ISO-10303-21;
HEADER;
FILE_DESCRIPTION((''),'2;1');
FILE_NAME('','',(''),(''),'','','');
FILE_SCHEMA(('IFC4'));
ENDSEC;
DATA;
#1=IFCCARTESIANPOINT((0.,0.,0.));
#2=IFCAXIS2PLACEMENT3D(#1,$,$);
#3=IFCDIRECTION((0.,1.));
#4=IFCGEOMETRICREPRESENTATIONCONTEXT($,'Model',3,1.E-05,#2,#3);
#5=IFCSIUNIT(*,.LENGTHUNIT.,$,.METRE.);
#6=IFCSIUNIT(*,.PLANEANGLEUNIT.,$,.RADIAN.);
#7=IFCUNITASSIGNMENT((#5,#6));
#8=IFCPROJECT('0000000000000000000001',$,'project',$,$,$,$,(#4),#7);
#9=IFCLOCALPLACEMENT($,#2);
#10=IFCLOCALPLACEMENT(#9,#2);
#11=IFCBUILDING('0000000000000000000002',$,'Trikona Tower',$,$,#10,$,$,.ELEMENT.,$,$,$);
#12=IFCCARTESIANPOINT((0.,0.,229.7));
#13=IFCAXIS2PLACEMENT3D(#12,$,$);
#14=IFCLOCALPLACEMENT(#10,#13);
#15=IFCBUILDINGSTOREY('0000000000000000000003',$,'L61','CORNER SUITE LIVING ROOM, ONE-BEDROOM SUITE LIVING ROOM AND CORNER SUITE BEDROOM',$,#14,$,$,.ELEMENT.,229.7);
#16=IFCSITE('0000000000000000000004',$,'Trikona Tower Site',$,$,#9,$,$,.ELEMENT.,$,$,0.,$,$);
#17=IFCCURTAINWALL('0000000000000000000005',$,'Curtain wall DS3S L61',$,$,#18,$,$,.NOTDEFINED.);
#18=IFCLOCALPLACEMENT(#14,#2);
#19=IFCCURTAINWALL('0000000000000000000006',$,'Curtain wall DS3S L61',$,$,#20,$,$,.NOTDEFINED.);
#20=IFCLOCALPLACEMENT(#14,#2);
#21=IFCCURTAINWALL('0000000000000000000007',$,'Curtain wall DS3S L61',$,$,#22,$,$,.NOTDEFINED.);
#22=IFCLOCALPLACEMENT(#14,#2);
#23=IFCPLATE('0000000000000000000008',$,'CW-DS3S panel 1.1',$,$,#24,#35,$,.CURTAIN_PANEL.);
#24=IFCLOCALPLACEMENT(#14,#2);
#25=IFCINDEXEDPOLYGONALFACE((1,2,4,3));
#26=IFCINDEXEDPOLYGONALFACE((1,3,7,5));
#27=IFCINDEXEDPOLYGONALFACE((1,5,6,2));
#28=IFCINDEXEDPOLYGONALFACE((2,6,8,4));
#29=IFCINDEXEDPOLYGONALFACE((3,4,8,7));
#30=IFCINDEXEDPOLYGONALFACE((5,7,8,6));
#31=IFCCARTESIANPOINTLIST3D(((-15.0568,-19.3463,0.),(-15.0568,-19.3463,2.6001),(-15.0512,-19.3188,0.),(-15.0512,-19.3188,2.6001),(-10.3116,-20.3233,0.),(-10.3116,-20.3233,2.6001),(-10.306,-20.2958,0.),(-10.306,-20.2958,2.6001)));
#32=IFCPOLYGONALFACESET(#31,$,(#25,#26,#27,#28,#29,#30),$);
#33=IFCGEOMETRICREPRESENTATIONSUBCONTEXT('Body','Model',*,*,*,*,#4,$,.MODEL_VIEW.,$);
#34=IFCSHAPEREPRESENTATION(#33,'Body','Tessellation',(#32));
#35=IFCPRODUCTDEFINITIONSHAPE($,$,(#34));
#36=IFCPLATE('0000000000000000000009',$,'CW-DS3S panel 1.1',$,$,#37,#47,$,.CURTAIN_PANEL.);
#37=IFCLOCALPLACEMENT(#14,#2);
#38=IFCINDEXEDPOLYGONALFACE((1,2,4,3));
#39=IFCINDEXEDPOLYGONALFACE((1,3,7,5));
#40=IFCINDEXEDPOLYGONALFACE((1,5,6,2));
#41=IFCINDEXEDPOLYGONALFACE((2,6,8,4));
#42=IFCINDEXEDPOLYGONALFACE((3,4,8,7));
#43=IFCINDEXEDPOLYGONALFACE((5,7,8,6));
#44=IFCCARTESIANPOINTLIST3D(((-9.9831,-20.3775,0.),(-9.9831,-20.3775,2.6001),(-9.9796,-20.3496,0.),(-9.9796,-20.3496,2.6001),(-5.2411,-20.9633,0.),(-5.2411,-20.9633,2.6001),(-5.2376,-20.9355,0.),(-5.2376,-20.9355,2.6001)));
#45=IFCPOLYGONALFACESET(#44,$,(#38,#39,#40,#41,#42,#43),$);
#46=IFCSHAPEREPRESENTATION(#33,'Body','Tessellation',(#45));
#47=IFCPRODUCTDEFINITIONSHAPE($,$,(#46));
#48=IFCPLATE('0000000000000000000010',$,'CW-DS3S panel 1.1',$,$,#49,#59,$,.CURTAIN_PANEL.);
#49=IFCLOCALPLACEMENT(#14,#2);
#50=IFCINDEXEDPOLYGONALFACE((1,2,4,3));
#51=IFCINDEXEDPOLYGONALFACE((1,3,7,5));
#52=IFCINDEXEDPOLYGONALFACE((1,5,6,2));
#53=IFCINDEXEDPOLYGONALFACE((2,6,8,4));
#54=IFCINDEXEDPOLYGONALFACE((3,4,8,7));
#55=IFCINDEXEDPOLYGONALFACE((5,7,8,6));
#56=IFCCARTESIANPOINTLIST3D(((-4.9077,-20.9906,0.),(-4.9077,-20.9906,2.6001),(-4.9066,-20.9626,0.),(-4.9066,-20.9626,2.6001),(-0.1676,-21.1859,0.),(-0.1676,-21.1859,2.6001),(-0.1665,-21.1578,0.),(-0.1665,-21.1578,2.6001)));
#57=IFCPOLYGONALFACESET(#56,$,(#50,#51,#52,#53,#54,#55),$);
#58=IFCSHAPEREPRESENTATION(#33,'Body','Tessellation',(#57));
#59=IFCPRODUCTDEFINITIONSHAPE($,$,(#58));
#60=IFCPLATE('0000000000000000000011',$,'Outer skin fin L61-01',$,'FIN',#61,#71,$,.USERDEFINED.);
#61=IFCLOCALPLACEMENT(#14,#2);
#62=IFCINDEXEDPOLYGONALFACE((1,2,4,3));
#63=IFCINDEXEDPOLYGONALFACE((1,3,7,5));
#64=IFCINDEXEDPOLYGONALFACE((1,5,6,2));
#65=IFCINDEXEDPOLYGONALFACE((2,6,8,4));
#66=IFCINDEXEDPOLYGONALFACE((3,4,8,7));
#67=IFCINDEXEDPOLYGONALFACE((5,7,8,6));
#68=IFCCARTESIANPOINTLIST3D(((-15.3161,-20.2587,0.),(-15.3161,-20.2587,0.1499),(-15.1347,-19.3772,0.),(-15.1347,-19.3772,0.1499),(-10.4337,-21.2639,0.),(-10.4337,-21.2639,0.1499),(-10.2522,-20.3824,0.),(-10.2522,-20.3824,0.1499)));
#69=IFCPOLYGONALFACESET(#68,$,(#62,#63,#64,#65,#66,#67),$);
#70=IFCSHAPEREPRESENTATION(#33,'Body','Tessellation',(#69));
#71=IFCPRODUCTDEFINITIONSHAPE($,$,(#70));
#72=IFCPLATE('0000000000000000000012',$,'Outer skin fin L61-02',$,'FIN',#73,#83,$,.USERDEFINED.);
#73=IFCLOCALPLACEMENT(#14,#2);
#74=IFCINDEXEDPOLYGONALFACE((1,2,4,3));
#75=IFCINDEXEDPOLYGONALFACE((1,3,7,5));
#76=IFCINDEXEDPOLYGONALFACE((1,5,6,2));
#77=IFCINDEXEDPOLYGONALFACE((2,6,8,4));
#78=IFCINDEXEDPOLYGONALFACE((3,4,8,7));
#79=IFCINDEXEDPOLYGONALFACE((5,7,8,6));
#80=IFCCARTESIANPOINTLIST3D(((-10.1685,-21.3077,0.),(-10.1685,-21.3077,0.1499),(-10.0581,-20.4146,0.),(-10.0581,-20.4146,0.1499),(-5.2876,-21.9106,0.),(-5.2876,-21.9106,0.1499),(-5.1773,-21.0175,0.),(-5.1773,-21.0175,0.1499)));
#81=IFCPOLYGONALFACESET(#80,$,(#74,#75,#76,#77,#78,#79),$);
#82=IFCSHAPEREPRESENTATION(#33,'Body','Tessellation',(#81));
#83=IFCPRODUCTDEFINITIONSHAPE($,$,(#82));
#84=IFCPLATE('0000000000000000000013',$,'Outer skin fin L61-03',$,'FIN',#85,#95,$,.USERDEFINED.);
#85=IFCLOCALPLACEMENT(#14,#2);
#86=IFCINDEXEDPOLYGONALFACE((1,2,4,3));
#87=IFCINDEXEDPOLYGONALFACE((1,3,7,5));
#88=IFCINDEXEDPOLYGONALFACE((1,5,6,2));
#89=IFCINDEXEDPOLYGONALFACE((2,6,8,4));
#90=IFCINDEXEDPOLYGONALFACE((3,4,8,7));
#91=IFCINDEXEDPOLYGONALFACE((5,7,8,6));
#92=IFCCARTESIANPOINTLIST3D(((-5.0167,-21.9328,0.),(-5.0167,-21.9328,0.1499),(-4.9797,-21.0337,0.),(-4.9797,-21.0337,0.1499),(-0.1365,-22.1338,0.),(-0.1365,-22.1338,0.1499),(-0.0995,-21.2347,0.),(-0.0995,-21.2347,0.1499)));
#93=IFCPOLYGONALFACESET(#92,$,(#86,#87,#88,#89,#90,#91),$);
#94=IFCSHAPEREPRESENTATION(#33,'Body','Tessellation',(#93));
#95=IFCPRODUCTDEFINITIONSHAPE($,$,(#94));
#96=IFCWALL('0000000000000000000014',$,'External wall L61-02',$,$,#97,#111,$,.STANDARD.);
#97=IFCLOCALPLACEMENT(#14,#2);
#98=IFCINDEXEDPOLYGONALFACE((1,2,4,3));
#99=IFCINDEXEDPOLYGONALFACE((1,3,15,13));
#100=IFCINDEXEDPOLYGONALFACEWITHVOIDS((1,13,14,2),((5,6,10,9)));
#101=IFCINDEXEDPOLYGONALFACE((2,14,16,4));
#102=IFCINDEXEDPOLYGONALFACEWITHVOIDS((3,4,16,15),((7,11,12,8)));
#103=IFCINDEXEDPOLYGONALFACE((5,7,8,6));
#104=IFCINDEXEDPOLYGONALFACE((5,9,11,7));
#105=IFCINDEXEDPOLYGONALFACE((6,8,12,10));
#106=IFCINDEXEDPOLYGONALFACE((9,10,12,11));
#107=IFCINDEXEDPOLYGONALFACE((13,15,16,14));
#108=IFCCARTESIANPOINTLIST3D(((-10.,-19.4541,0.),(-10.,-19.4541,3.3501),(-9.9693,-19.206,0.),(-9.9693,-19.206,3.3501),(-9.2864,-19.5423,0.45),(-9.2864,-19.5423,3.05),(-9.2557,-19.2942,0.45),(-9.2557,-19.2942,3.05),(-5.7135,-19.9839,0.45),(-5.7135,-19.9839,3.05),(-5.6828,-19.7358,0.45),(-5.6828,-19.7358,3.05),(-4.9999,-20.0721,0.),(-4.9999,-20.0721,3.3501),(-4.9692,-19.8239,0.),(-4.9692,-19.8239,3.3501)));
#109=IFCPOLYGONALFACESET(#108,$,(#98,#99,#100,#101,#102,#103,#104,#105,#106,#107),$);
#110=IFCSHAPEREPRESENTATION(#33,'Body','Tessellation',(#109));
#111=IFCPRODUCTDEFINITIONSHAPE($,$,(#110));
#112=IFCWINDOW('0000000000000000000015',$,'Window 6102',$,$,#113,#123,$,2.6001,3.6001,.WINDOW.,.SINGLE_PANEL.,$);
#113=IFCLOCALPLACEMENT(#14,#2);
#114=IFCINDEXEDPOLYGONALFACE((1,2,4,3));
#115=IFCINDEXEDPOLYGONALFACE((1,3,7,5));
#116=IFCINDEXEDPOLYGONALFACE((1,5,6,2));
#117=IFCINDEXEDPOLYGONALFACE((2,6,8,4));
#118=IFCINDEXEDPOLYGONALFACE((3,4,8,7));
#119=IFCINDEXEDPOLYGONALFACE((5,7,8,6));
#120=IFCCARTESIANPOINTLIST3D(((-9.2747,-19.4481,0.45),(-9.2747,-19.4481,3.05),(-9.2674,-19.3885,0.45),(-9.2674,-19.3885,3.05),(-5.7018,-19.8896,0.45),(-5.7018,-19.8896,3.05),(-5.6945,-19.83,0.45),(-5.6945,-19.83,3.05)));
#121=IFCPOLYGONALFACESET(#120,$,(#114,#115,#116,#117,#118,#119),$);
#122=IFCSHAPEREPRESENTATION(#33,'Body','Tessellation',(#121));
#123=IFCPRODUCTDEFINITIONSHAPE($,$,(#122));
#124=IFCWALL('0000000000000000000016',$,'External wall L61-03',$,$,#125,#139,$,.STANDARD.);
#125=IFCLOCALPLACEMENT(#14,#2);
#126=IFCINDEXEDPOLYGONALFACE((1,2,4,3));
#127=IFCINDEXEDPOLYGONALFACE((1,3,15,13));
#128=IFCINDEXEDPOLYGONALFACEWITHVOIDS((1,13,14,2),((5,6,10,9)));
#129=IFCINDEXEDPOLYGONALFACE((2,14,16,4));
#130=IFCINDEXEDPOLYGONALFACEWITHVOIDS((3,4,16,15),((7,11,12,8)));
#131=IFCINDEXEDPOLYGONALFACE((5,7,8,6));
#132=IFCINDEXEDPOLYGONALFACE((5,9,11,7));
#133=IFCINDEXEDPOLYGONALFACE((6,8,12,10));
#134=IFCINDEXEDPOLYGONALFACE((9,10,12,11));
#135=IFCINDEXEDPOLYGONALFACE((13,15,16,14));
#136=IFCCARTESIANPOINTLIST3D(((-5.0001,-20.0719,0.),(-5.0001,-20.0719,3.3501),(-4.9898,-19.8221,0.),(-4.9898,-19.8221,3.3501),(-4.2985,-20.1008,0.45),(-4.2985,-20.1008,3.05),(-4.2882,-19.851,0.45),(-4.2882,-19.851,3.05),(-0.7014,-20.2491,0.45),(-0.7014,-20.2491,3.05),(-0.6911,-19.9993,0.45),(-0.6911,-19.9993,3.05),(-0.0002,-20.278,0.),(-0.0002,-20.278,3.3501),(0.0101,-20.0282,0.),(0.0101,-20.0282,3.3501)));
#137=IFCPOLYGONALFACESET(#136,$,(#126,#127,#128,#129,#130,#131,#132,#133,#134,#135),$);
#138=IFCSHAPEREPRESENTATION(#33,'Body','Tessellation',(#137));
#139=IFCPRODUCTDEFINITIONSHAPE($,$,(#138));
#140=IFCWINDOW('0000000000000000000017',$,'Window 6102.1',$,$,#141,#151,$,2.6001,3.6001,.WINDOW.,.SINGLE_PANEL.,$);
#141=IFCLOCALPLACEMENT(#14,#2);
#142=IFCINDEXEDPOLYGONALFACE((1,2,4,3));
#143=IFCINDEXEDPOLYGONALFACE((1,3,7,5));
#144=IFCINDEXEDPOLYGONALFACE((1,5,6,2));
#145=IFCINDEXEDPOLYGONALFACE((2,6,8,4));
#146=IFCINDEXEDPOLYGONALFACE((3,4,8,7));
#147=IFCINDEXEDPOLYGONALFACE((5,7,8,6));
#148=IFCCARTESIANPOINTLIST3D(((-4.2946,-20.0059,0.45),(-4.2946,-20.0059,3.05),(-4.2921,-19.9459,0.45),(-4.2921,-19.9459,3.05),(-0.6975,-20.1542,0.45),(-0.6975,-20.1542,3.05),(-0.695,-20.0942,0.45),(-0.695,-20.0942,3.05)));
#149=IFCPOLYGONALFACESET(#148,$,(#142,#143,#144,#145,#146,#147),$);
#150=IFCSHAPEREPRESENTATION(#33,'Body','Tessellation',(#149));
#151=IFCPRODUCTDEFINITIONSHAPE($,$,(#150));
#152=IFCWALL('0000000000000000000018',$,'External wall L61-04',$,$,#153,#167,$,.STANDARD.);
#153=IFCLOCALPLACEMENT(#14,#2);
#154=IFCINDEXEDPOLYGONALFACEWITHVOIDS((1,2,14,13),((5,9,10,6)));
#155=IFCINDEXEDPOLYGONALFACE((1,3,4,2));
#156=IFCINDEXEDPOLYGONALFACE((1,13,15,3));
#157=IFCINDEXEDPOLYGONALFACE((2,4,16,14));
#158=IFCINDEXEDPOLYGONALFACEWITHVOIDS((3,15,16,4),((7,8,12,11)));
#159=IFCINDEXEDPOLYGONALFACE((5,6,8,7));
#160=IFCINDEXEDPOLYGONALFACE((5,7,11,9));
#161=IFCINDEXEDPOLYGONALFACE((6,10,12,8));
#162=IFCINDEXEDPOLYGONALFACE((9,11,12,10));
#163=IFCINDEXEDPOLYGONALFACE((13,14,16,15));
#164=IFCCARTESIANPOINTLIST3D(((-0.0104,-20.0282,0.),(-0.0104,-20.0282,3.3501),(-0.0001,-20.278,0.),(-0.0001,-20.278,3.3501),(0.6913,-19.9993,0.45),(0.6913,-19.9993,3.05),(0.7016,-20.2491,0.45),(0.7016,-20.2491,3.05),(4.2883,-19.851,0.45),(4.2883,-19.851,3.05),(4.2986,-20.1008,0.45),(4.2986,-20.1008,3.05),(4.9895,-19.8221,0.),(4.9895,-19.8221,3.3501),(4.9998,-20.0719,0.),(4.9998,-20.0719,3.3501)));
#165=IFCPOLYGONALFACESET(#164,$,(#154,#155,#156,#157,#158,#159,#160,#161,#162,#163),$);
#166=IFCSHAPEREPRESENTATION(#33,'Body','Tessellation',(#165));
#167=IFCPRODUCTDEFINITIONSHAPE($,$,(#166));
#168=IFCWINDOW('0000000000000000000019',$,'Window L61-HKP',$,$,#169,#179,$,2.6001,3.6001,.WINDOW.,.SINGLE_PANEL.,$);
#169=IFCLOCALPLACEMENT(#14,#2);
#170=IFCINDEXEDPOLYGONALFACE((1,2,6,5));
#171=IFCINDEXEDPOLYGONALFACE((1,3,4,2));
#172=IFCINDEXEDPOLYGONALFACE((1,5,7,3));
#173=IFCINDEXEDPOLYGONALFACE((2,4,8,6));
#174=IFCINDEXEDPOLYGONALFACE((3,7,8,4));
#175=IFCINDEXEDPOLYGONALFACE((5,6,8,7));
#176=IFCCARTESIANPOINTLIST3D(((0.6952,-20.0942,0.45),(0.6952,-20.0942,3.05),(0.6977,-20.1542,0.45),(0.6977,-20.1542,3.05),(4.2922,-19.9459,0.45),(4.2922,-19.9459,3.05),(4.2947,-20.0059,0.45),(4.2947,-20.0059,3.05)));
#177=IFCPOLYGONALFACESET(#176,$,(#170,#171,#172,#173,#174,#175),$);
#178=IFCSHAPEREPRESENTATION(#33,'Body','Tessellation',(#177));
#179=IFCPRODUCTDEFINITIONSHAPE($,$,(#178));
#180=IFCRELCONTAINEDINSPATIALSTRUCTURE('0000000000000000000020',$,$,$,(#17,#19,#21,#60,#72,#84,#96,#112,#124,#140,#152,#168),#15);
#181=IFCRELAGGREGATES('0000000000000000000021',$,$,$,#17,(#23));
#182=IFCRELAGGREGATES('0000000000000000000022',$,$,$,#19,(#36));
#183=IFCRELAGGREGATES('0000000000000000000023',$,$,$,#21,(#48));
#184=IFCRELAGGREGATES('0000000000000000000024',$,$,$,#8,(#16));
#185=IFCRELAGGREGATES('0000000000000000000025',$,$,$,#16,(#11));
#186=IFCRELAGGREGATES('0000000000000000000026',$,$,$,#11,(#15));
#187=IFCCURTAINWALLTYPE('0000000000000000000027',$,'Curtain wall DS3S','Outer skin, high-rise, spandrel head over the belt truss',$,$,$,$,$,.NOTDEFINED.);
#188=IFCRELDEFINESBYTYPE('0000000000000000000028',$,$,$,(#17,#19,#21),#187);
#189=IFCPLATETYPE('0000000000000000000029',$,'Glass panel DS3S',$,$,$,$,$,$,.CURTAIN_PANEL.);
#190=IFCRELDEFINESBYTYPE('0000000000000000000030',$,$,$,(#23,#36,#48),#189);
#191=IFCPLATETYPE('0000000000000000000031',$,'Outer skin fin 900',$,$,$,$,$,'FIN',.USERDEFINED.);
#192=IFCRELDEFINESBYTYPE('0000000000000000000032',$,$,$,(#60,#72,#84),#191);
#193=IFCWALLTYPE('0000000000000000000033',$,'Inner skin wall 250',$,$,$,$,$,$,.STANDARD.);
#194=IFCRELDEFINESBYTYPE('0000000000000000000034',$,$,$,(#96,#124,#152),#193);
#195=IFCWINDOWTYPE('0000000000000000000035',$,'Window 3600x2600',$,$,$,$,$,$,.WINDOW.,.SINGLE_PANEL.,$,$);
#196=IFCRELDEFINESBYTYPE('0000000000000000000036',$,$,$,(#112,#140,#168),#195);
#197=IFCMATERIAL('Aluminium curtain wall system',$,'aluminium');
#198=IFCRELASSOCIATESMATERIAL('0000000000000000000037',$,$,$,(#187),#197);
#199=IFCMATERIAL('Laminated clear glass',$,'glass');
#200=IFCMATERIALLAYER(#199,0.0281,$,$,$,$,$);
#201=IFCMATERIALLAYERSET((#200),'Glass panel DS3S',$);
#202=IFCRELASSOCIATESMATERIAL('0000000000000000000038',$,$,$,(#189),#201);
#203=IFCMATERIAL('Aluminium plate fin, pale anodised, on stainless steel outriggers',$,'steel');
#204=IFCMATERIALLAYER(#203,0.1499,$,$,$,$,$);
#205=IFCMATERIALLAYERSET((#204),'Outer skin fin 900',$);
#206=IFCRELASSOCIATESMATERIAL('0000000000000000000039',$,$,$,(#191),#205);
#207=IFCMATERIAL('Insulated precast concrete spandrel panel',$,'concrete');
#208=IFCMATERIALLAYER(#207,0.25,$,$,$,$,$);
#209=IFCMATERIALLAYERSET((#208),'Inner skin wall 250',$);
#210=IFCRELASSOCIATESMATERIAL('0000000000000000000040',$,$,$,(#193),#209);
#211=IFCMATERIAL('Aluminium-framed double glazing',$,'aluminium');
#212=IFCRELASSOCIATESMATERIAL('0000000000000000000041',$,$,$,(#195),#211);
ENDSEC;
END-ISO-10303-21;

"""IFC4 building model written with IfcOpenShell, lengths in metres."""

from ifc_helpers import new_model, si_unit, direction, frame, frame_2d, origin, origin_2d, place, context, subcontext, project, spatial, rectangle, extrude, material, layer, layer_set, type_object, element, fill, aggregate, save


model = new_model("IFC4")

# Units and contexts
model_context = context("Model", 3, precision=1e-05, world=origin(), true_north=direction((0.0, 1.0)))
body_context = subcontext(model_context, "Body", "Model", "MODEL_VIEW")
ifc_project = project(units=[si_unit("LENGTHUNIT", "METRE"), si_unit("PLANEANGLEUNIT", "RADIAN")], contexts=[model_context])

# Site, building, storey
site_placement = place(None, origin())
site = spatial("IfcSite", under=ifc_project, at=site_placement, Name="Trikona Tower Site", CompositionType="ELEMENT", RefElevation=0.0)
building_placement = place(site_placement, origin())
building = spatial("IfcBuilding", under=site, at=building_placement, Name="Trikona Tower", CompositionType="ELEMENT")
storey_placement = place(building_placement, frame((0.0, 0.0, 229.7)))
storey = spatial("IfcBuildingStorey", under=building, at=storey_placement, Name="L61", Description="CORNER SUITE LIVING ROOM, ONE-BEDROOM SUITE LIVING ROOM AND CORNER SUITE BEDROOM", CompositionType="ELEMENT", Elevation=229.7)

# Curtain wall
ifc_material_1 = material(Name="Aluminium curtain wall system", Category="aluminium")
curtain_wall_type = type_object("IfcCurtainWallType", Name="Curtain wall DS3S", Description="Outer skin, high-rise, spandrel head over the belt truss", PredefinedType="NOTDEFINED", material=ifc_material_1)
curtain_wall_1_placement = place(storey_placement, origin())
curtain_wall_1 = element("IfcCurtainWall", 1, at=curtain_wall_1_placement, inside=storey, type_object=curtain_wall_type, Name="Curtain wall DS3S L61", PredefinedType="NOTDEFINED")

# Curtain walls
curtain_wall_2_placement = place(storey_placement, origin())
curtain_wall_2 = element("IfcCurtainWall", 2, at=curtain_wall_2_placement, inside=storey, type_object=curtain_wall_type, Name="Curtain wall DS3S L61", PredefinedType="NOTDEFINED")
curtain_wall_3_placement = place(storey_placement, origin())
curtain_wall_3 = element("IfcCurtainWall", 3, at=curtain_wall_3_placement, inside=storey, type_object=curtain_wall_type, Name="Curtain wall DS3S L61", PredefinedType="NOTDEFINED")

# Plates
ifc_material_2 = material(Name="Laminated clear glass", Category="glass")
ifc_layer_1 = layer(ifc_material_2, 0.0281)
ifc_layer_set_1 = layer_set([ifc_layer_1], Name="Glass panel DS3S")
plate_type_1 = type_object("IfcPlateType", Name="Glass panel DS3S", PredefinedType="CURTAIN_PANEL", material=ifc_layer_set_1)
plate_1_placement = place(storey_placement, frame((-12.6814, -19.821, 0.0), z_axis=(0.0, 0.0, 1.0), x_axis=(0.979457, -0.201653, 0.0)))
plate_1 = element("IfcPlate", 4, at=plate_1_placement, type_object=plate_type_1, Name="CW-DS3S panel 1.1", PredefinedType="CURTAIN_PANEL", context=body_context, shape_type="SweptSolid", body=[
    extrude(rectangle(XDim=4.8447, YDim=0.0281, at=origin_2d()), origin(), (0.0, 0.0, 1.0), 2.6001),
])
aggregate(curtain_wall_1, [plate_1])
plate_2_placement = place(storey_placement, frame((-7.6104, -20.6565, 0.0), z_axis=(0.0, 0.0, 1.0), x_axis=(0.992455, -0.122611, 0.0)))
plate_2 = element("IfcPlate", 5, at=plate_2_placement, type_object=plate_type_1, Name="CW-DS3S panel 1.1", PredefinedType="CURTAIN_PANEL", context=body_context, shape_type="SweptSolid", body=[
    extrude(rectangle(XDim=4.7781, YDim=0.0281, at=origin_2d()), origin(), (0.0, 0.0, 1.0), 2.6001),
])
aggregate(curtain_wall_2, [plate_2])
plate_3_placement = place(storey_placement, frame((-2.5371, -21.0742, 0.0), z_axis=(0.0, 0.0, 1.0), x_axis=(0.999153, -0.041153, 0.0)))
plate_3 = element("IfcPlate", 6, at=plate_3_placement, type_object=plate_type_1, Name="CW-DS3S panel 1.1", PredefinedType="CURTAIN_PANEL", context=body_context, shape_type="SweptSolid", body=[
    extrude(rectangle(XDim=4.7441, YDim=0.0281, at=origin_2d()), origin(), (0.0, 0.0, 1.0), 2.6001),
])
aggregate(curtain_wall_3, [plate_3])

# Plates
ifc_material_3 = material(Name="Aluminium plate fin, pale anodised, on stainless steel outriggers", Category="steel")
ifc_layer_2 = layer(ifc_material_3, 0.1499)
ifc_layer_set_2 = layer_set([ifc_layer_2], Name="Outer skin fin 900")
plate_type_2 = type_object("IfcPlateType", Name="Outer skin fin 900", ElementType="FIN", PredefinedType="USERDEFINED", material=ifc_layer_set_2)
plate_4_placement = place(storey_placement, frame((-12.7842, -20.3206, 0.0), z_axis=(0.0, 0.0, 1.0), x_axis=(0.979458, -0.201651, 0.0)))
element("IfcPlate", 7, at=plate_4_placement, inside=storey, type_object=plate_type_2, Name="Outer skin fin L61-01", ObjectType="FIN", PredefinedType="USERDEFINED", context=body_context, shape_type="SweptSolid", body=[
    extrude(rectangle(XDim=4.9849, YDim=0.8999, at=origin_2d()), origin(), (0.0, 0.0, 1.0), 0.1499),
])
plate_5_placement = place(storey_placement, frame((-7.6729, -21.1626, 0.0), z_axis=(0.0, 0.0, 1.0), x_axis=(0.992455, -0.122607, 0.0)))
element("IfcPlate", 8, at=plate_5_placement, inside=storey, type_object=plate_type_2, Name="Outer skin fin L61-02", ObjectType="FIN", PredefinedType="USERDEFINED", context=body_context, shape_type="SweptSolid", body=[
    extrude(rectangle(XDim=4.918, YDim=0.8999, at=origin_2d()), origin(), (0.0, 0.0, 1.0), 0.1499),
])
plate_6_placement = place(storey_placement, frame((-2.5581, -21.5837, 0.0), z_axis=(0.0, 0.0, 1.0), x_axis=(0.999153, -0.041145, 0.0)))
element("IfcPlate", 9, at=plate_6_placement, inside=storey, type_object=plate_type_2, Name="Outer skin fin L61-03", ObjectType="FIN", PredefinedType="USERDEFINED", context=body_context, shape_type="SweptSolid", body=[
    extrude(rectangle(XDim=4.8843, YDim=0.8999, at=origin_2d()), origin(), (0.0, 0.0, 1.0), 0.1499),
])

# Walls, openings, windows
ifc_material_4 = material(Name="Insulated precast concrete spandrel panel", Category="concrete")
ifc_layer_3 = layer(ifc_material_4, 0.25)
ifc_layer_set_3 = layer_set([ifc_layer_3], Name="Inner skin wall 250")
wall_type = type_object("IfcWallType", Name="Inner skin wall 250", PredefinedType="STANDARD", material=ifc_layer_set_3)
wall_1_placement = place(storey_placement, frame((-9.9846, -19.3301, 0.0), z_axis=(0.0, 0.0, 1.0), x_axis=(0.99245, -0.122651, 0.0)))
wall_1 = element("IfcWall", 10, at=wall_1_placement, inside=storey, type_object=wall_type, Name="External wall L61-02", PredefinedType="STANDARD", context=body_context, shape_type="SweptSolid", body=[
    extrude(rectangle(XDim=5.0381, YDim=0.25, at=frame_2d((2.519, 0.0))), origin(), (0.0, 0.0, 1.0), 3.3501),
])
opening_1_placement = place(wall_1_placement, frame((0.719, 0.0, 0.45)))
opening_1 = element("IfcOpeningElement", 11, at=opening_1_placement, cuts=wall_1, PredefinedType="OPENING", context=body_context, shape_type="SweptSolid", body=[
    extrude(rectangle(XDim=3.6001, YDim=2.6001, at=frame_2d((1.8, 1.3))), frame((0.0, 0.135, 0.0), z_axis=(0.0, -1.0, 0.0), x_axis=(1.0, 0.0, 0.0)), (0.0, 0.0, 1.0), 0.27),
])
ifc_material_5 = material(Name="Aluminium-framed double glazing", Category="aluminium")
window_type = type_object("IfcWindowType", Name="Window 3600x2600", PartitioningType="SINGLE_PANEL", PredefinedType="WINDOW", material=ifc_material_5)
window_1_placement = place(opening_1_placement, origin())
window_1 = element("IfcWindow", 12, at=window_1_placement, inside=storey, type_object=window_type, Name="Window 6102", OverallHeight=2.6001, OverallWidth=3.6001, PartitioningType="SINGLE_PANEL", PredefinedType="WINDOW", context=body_context, shape_type="SweptSolid", body=[
    extrude(rectangle(XDim=3.6001, YDim=2.6001, at=frame_2d((1.8, 1.3))), frame((0.0, 0.03, 0.0), z_axis=(0.0, -1.0, 0.0), x_axis=(1.0, 0.0, 0.0)), (0.0, 0.0, 1.0), 0.0601),
])
fill(opening_1, window_1)
wall_2_placement = place(storey_placement, frame((-4.9949, -19.947, 0.0), z_axis=(0.0, 0.0, 1.0), x_axis=(0.999152, -0.041176, 0.0)))
wall_2 = element("IfcWall", 13, at=wall_2_placement, inside=storey, type_object=wall_type, Name="External wall L61-03", PredefinedType="STANDARD", context=body_context, shape_type="SweptSolid", body=[
    extrude(rectangle(XDim=5.0042, YDim=0.25, at=frame_2d((2.502, 0.0))), origin(), (0.0, 0.0, 1.0), 3.3501),
])
opening_2_placement = place(wall_2_placement, frame((0.7021, 0.0, 0.45)))
opening_2 = element("IfcOpeningElement", 14, at=opening_2_placement, cuts=wall_2, PredefinedType="OPENING", context=body_context, shape_type="SweptSolid", body=[
    extrude(rectangle(XDim=3.6001, YDim=2.6001, at=frame_2d((1.8, 1.3))), frame((0.0, 0.135, 0.0), z_axis=(0.0, -1.0, 0.0), x_axis=(1.0, 0.0, 0.0)), (0.0, 0.0, 1.0), 0.27),
])
window_2_placement = place(opening_2_placement, origin())
window_2 = element("IfcWindow", 15, at=window_2_placement, inside=storey, type_object=window_type, Name="Window 6102.1", OverallHeight=2.6001, OverallWidth=3.6001, PartitioningType="SINGLE_PANEL", PredefinedType="WINDOW", context=body_context, shape_type="SweptSolid", body=[
    extrude(rectangle(XDim=3.6001, YDim=2.6001, at=frame_2d((1.8, 1.3))), frame((0.0, 0.03, 0.0), z_axis=(0.0, -1.0, 0.0), x_axis=(1.0, 0.0, 0.0)), (0.0, 0.0, 1.0), 0.0601),
])
fill(opening_2, window_2)
wall_3_placement = place(storey_placement, frame((-0.0051, -20.1531, 0.0), z_axis=(0.0, 0.0, 1.0), x_axis=(0.999152, 0.041176, 0.0)))
wall_3 = element("IfcWall", 16, at=wall_3_placement, inside=storey, type_object=wall_type, Name="External wall L61-04", PredefinedType="STANDARD", context=body_context, shape_type="SweptSolid", body=[
    extrude(rectangle(XDim=5.0042, YDim=0.25, at=frame_2d((2.502, 0.0))), origin(), (0.0, 0.0, 1.0), 3.3501),
])
opening_3_placement = place(wall_3_placement, frame((0.7021, 0.0, 0.45)))
opening_3 = element("IfcOpeningElement", 17, at=opening_3_placement, cuts=wall_3, PredefinedType="OPENING", context=body_context, shape_type="SweptSolid", body=[
    extrude(rectangle(XDim=3.6001, YDim=2.6001, at=frame_2d((1.8, 1.3))), frame((0.0, 0.135, 0.0), z_axis=(0.0, -1.0, 0.0), x_axis=(1.0, 0.0, 0.0)), (0.0, 0.0, 1.0), 0.27),
])
window_3_placement = place(opening_3_placement, origin())
window_3 = element("IfcWindow", 18, at=window_3_placement, inside=storey, type_object=window_type, Name="Window L61-HKP", OverallHeight=2.6001, OverallWidth=3.6001, PartitioningType="SINGLE_PANEL", PredefinedType="WINDOW", context=body_context, shape_type="SweptSolid", body=[
    extrude(rectangle(XDim=3.6001, YDim=2.6001, at=frame_2d((1.8, 1.3))), frame((0.0, 0.03, 0.0), z_axis=(0.0, -1.0, 0.0), x_axis=(1.0, 0.0, 0.0)), (0.0, 0.0, 1.0), 0.0601),
])
fill(opening_3, window_3)

save(model, "model.ifc")
